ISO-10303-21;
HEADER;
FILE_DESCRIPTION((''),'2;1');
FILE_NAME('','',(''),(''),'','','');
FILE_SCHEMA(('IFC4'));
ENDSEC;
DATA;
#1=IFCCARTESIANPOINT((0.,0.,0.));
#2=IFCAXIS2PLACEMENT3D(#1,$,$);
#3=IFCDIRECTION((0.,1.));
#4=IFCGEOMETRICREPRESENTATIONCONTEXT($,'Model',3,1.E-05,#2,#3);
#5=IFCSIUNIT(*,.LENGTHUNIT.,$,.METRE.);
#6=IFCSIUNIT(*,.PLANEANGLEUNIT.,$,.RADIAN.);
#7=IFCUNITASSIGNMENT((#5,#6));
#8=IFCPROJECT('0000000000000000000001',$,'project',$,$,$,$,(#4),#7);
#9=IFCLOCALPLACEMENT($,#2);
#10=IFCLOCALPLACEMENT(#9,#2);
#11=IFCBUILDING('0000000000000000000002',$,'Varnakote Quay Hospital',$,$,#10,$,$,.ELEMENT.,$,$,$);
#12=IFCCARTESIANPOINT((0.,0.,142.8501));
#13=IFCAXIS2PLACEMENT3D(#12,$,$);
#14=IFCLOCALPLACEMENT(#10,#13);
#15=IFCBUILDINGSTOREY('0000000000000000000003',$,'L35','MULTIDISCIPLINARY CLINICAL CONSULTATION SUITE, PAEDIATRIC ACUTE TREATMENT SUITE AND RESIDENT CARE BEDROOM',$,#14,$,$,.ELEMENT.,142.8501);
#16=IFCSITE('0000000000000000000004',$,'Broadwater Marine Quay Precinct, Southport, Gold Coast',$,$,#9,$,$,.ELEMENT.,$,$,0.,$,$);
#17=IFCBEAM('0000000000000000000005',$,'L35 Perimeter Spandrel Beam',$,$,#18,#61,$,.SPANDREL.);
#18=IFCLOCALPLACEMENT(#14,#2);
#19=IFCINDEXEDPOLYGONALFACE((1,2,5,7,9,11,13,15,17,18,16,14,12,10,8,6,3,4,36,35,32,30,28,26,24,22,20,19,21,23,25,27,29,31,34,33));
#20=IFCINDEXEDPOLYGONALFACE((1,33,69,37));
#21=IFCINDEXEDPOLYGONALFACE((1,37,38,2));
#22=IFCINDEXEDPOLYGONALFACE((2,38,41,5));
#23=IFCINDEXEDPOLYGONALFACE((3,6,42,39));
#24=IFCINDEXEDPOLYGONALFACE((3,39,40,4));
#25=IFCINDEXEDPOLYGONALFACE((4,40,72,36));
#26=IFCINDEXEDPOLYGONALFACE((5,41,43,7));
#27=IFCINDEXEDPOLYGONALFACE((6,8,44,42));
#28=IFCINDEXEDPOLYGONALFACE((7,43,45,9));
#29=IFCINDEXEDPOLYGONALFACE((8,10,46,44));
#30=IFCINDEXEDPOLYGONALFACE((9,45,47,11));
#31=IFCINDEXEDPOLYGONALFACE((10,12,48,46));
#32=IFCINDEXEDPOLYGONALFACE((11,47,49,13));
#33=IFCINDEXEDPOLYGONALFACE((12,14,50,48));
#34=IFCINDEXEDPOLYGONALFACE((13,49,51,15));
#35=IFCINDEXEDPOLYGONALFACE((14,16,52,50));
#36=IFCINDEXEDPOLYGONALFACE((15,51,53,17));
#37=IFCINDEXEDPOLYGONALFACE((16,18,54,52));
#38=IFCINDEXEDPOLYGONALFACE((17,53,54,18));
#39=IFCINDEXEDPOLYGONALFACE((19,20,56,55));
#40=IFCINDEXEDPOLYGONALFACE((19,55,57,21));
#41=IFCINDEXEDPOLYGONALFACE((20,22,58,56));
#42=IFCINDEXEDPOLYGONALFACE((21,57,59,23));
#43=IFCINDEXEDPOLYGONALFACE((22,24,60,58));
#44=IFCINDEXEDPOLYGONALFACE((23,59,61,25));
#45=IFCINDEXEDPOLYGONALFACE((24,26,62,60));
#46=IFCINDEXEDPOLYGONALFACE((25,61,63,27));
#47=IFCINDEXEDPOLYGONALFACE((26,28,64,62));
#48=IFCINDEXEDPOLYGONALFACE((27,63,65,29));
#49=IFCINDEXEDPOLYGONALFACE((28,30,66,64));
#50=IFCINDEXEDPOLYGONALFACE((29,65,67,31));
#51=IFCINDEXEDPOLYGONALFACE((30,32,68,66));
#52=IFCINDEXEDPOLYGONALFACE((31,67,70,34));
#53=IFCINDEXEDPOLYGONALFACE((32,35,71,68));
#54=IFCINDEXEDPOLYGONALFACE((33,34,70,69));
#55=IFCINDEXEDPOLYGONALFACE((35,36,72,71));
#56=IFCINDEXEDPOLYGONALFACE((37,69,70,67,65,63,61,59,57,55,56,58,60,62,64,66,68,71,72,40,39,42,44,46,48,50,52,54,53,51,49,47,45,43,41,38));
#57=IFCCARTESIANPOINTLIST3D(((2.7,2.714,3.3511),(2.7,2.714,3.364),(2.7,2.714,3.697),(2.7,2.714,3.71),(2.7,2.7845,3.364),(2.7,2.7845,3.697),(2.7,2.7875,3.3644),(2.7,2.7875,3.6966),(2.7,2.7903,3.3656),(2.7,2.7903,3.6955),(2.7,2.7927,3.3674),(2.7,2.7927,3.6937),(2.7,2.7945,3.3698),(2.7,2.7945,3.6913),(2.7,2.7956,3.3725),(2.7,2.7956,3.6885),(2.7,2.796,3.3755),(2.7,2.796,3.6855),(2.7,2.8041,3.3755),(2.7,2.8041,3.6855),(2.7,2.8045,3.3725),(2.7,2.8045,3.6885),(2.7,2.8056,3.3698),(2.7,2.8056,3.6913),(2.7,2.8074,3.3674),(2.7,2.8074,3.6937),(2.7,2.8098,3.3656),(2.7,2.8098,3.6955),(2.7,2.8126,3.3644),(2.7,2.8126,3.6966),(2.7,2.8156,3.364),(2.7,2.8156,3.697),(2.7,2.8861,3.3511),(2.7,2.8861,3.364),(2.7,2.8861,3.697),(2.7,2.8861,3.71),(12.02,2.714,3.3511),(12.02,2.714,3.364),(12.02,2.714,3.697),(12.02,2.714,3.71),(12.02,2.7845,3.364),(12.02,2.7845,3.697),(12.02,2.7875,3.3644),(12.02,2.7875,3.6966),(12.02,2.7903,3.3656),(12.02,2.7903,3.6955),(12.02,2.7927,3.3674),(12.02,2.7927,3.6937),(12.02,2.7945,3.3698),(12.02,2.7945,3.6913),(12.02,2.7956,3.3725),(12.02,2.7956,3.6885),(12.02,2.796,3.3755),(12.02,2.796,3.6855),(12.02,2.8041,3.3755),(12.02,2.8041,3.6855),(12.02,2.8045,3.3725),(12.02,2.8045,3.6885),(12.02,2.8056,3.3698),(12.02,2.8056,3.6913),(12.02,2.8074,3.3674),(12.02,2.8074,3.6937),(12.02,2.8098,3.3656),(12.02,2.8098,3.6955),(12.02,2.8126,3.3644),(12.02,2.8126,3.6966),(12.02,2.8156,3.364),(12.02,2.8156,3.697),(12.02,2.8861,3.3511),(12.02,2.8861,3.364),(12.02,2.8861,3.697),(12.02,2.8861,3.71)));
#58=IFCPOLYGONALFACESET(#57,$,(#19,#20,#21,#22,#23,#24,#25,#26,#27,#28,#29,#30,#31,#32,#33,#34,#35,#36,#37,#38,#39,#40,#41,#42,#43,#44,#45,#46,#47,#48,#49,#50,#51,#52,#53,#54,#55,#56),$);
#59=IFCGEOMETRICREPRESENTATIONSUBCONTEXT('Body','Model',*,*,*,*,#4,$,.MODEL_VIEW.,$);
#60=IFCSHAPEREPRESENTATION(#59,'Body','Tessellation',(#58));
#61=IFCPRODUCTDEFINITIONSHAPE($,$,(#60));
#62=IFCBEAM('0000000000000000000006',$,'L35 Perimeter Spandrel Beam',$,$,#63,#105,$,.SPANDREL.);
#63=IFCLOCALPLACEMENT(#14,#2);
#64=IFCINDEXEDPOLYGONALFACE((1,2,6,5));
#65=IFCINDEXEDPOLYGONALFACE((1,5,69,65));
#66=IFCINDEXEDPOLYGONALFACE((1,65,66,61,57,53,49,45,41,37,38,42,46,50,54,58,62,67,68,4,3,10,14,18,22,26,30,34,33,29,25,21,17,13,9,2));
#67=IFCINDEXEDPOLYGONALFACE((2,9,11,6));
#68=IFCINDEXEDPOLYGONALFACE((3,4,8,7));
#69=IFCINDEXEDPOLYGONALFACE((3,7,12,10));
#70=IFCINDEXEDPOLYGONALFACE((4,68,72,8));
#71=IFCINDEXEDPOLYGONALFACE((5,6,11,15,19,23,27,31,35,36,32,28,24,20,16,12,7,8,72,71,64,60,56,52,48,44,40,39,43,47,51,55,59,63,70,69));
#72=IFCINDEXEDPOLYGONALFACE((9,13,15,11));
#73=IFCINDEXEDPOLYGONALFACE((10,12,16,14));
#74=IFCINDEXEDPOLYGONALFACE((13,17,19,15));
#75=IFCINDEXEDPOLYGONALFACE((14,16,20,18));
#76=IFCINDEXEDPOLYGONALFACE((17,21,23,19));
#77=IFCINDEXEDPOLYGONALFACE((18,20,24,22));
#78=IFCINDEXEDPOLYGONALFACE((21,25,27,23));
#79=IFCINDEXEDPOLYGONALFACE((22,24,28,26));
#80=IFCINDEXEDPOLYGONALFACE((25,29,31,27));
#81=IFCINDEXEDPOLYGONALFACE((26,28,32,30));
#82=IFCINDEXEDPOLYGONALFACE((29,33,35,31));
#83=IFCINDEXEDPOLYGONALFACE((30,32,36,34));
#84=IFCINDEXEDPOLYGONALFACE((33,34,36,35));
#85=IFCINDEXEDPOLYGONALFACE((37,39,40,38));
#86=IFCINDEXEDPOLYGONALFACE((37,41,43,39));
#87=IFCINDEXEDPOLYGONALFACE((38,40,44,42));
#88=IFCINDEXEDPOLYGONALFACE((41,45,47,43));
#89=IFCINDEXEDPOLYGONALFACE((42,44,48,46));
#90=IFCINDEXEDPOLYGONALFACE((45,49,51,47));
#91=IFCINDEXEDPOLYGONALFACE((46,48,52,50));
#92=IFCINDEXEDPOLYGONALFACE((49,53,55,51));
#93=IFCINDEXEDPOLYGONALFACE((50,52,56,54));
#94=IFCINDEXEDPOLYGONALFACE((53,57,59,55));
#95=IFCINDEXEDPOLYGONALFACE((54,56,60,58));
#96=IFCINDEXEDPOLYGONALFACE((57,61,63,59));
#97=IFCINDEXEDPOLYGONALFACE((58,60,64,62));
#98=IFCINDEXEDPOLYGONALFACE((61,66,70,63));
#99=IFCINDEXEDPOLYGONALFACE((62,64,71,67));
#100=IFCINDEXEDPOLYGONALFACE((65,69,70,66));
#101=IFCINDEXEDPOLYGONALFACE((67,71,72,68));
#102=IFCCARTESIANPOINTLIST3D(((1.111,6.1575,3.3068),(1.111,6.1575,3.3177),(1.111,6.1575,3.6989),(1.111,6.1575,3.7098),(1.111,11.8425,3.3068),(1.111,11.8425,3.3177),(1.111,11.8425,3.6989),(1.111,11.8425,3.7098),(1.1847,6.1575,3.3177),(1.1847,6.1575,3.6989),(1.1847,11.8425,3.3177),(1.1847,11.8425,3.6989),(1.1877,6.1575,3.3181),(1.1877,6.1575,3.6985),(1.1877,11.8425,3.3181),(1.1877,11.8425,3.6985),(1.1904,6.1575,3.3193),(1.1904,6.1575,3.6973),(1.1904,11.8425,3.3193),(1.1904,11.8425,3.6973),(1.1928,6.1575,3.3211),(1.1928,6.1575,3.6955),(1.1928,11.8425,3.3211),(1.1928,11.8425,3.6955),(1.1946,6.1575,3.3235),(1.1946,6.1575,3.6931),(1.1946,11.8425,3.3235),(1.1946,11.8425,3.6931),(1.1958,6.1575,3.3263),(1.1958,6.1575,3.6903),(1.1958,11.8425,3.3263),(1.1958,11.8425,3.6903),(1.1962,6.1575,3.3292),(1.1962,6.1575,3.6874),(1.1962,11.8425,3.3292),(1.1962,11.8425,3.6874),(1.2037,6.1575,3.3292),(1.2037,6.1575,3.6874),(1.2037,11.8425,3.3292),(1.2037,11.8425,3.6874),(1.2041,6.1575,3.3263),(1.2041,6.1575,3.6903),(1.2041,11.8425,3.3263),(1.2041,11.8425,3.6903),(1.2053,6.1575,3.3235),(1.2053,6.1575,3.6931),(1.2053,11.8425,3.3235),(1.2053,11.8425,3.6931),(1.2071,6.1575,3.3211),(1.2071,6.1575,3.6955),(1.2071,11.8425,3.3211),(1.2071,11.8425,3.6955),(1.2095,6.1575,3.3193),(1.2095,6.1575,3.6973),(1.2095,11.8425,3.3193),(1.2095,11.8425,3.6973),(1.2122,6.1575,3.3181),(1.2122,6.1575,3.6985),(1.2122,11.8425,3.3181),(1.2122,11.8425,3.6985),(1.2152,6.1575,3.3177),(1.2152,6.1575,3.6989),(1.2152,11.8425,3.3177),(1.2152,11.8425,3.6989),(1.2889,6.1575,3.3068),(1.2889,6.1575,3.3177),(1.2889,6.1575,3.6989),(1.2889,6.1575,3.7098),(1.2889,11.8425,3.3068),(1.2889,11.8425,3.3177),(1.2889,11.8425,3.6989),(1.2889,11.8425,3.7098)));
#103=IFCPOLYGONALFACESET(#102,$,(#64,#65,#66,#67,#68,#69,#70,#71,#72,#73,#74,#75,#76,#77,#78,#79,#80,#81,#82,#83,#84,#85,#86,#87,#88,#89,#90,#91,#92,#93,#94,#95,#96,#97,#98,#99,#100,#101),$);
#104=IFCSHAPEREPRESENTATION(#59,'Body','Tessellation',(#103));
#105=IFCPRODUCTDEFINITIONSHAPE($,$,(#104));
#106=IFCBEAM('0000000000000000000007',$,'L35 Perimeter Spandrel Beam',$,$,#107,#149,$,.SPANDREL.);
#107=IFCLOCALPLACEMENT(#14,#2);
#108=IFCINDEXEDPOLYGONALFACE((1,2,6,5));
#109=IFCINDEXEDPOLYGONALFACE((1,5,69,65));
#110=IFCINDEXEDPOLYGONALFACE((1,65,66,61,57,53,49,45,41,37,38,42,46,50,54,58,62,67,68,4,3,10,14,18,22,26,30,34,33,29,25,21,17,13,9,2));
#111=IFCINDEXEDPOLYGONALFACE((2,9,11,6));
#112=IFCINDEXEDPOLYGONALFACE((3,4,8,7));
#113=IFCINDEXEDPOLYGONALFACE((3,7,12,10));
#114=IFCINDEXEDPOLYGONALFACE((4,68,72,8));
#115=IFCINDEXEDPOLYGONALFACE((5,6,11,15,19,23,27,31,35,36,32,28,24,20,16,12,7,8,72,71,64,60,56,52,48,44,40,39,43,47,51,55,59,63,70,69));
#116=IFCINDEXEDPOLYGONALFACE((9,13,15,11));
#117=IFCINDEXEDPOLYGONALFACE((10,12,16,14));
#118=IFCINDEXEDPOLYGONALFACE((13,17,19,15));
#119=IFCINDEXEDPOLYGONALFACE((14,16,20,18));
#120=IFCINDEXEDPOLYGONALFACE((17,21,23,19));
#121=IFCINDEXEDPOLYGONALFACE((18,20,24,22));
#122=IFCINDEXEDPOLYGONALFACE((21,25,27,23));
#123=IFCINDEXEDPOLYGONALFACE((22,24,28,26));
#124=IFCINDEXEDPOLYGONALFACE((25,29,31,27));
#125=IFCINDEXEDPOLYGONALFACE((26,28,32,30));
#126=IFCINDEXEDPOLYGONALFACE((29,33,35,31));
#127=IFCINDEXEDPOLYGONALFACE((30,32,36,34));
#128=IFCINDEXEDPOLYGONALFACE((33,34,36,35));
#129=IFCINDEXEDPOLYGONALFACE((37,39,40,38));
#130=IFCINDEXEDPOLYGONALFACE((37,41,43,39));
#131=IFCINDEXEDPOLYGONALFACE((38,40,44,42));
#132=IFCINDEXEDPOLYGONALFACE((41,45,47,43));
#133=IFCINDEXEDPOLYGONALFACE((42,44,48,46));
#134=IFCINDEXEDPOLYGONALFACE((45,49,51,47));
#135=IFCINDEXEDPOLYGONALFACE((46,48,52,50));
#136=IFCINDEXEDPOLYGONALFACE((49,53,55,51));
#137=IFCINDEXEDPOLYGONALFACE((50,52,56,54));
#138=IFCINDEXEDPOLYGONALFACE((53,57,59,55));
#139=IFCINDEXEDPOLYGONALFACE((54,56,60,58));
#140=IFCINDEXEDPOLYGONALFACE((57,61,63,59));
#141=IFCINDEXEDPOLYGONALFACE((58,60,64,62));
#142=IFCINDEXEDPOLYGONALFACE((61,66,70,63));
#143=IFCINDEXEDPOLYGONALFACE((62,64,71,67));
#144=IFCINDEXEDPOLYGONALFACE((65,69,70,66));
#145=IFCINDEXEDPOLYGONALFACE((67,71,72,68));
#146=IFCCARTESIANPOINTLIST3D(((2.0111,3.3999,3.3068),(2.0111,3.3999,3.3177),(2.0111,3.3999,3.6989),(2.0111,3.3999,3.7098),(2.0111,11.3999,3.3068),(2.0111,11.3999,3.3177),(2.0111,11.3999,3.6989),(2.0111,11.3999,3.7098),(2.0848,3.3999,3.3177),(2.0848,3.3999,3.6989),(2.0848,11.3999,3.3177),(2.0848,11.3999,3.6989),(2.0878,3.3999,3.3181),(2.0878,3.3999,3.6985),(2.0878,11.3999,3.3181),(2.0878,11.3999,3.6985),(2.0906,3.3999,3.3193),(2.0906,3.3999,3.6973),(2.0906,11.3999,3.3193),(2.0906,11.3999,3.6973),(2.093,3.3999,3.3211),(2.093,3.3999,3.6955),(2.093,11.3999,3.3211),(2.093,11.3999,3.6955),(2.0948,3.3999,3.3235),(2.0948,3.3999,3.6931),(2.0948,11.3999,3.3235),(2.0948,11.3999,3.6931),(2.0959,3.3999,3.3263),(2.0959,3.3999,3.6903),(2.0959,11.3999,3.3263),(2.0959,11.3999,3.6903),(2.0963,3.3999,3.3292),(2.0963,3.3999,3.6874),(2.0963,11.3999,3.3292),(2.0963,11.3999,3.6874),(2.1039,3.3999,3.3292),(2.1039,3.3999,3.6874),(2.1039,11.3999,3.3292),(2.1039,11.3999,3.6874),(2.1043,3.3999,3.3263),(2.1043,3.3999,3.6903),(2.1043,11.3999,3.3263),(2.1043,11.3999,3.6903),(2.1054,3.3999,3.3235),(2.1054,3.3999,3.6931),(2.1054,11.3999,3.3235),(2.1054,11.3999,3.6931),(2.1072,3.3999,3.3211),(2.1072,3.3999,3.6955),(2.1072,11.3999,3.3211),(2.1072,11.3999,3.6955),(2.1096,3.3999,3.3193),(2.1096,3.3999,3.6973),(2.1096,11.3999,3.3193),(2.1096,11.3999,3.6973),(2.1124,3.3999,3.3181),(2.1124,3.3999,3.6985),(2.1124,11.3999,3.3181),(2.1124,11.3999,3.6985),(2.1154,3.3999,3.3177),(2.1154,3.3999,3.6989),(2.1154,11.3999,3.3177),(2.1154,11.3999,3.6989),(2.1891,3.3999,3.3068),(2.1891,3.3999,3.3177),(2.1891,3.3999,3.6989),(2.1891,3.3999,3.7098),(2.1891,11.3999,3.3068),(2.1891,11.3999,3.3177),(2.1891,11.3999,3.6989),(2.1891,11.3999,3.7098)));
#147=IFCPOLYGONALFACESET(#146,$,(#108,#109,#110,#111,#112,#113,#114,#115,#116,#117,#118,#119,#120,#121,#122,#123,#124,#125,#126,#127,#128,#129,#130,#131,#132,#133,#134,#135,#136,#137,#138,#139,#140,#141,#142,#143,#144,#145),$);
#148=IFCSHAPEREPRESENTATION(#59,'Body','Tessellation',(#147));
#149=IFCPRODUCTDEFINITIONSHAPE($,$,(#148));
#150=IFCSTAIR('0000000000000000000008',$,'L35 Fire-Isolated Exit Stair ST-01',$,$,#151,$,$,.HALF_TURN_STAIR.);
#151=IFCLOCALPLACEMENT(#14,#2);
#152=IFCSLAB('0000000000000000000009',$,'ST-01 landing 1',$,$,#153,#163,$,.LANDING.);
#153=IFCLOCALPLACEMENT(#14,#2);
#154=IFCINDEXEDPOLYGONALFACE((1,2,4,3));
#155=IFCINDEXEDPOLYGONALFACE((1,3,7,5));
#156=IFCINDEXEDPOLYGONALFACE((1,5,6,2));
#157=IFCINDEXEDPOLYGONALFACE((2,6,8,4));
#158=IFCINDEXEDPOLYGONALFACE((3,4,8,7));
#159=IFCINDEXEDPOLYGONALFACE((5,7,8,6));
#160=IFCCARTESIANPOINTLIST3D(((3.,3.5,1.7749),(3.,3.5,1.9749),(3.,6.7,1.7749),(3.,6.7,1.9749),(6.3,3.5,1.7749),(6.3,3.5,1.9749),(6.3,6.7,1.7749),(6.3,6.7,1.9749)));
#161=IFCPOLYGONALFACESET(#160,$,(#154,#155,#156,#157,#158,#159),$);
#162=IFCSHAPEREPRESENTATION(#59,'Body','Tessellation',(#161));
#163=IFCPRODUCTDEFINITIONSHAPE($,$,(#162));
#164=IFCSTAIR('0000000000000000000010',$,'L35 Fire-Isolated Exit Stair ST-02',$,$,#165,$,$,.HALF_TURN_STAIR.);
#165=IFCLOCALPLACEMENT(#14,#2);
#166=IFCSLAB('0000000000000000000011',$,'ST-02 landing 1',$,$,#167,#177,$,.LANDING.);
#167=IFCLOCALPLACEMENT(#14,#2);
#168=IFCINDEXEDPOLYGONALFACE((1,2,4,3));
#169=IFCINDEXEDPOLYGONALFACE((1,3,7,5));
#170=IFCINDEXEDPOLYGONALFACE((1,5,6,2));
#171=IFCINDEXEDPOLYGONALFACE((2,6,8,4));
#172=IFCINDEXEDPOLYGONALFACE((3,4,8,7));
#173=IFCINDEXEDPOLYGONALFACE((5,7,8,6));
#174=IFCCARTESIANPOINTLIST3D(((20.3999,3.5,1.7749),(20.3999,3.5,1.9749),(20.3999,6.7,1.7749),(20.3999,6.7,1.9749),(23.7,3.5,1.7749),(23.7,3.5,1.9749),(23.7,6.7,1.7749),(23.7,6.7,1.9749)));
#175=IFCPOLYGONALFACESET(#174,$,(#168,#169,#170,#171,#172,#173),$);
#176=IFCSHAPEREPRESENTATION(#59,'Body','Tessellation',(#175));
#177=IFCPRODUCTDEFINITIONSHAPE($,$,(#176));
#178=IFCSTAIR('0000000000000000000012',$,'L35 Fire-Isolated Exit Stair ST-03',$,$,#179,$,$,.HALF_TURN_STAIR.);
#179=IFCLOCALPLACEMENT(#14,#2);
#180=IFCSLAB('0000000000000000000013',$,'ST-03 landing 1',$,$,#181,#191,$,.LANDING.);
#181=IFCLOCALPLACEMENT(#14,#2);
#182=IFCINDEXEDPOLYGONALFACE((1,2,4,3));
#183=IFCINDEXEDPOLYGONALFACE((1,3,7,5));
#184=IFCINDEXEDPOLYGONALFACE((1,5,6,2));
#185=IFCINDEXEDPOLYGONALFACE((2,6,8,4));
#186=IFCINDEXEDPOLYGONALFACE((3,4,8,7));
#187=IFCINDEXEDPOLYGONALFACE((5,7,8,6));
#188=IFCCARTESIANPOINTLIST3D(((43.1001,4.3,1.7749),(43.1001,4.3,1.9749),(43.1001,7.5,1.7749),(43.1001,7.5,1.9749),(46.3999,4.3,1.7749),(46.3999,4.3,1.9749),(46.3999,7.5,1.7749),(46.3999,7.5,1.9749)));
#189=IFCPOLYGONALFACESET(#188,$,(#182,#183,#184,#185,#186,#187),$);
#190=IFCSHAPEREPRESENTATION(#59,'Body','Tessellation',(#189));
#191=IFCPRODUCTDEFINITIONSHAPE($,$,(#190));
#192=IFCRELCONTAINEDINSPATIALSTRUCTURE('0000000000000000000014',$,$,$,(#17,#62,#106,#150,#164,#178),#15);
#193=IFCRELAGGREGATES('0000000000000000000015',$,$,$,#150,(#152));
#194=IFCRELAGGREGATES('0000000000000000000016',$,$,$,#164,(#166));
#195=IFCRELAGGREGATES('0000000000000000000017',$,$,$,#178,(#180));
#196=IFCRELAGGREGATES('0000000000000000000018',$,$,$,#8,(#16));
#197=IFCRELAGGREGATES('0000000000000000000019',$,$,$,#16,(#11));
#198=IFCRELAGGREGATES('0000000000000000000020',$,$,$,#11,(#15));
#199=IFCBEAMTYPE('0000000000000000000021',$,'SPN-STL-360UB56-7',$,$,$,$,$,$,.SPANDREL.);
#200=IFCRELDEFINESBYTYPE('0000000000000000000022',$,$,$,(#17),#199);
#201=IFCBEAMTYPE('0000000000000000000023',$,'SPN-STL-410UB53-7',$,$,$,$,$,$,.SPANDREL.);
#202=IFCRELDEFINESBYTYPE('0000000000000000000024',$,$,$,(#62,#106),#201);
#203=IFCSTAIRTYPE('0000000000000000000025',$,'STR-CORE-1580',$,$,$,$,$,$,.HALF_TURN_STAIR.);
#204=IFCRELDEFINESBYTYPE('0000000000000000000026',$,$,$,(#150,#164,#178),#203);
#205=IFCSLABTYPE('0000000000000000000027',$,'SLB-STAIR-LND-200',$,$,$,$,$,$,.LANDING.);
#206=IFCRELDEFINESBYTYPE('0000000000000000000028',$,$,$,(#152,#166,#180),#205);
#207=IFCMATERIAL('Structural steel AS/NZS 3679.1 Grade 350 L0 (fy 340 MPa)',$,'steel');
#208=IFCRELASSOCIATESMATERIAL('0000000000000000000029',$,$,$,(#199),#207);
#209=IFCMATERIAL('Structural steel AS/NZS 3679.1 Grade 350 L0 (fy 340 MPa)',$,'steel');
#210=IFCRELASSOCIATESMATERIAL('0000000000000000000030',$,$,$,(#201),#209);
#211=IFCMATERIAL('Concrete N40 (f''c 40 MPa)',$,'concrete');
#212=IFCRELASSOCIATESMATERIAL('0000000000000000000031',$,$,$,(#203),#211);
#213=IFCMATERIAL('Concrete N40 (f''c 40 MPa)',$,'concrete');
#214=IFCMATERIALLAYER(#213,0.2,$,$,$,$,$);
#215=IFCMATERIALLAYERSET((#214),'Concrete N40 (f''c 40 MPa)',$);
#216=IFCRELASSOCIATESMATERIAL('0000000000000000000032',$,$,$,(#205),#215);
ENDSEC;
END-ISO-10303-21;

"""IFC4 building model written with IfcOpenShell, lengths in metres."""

from ifc_helpers import new_model, si_unit, direction, frame, origin, origin_2d, place, context, subcontext, project, spatial, polyline, i_section, outline, extrude, material, layer, layer_set, material_profile, profile_set, type_object, element, aggregate, save


model = new_model("IFC4")

# Units and contexts
model_context = context("Model", 3, precision=1e-05, world=origin(), true_north=direction((0.0, 1.0)))
body_context = subcontext(model_context, "Body", "Model", "MODEL_VIEW")
ifc_project = project(units=[si_unit("LENGTHUNIT", "METRE"), si_unit("PLANEANGLEUNIT", "RADIAN")], contexts=[model_context])

# Site, building, storey
site_placement = place(None, origin())
site = spatial("IfcSite", under=ifc_project, at=site_placement, Name="Broadwater Marine Quay Precinct, Southport, Gold Coast", CompositionType="ELEMENT", RefElevation=0.0)
building_placement = place(site_placement, origin())
building = spatial("IfcBuilding", under=site, at=building_placement, Name="Varnakote Quay Hospital", CompositionType="ELEMENT")
storey_placement = place(building_placement, frame((0.0, 0.0, 142.8501)))
storey = spatial("IfcBuildingStorey", under=building, at=storey_placement, Name="L35", Description="MULTIDISCIPLINARY CLINICAL CONSULTATION SUITE, PAEDIATRIC ACUTE TREATMENT SUITE AND RESIDENT CARE BEDROOM", CompositionType="ELEMENT", Elevation=142.8501)

# Beams
ifc_material_1 = material(Name="Structural steel AS/NZS 3679.1 Grade 350 L0 (fy 340 MPa)", Category="steel")
ifc_material_profile_1 = material_profile(ifc_material_1, i_section(OverallWidth=0.1721, OverallDepth=0.3589, WebThickness=0.0081, FlangeThickness=0.0129, FilletRadius=0.0115, at=origin_2d()), Name="360UB56.7")
ifc_profile_set_1 = profile_set([ifc_material_profile_1], Name="Structural steel AS/NZS 3679.1 Grade 350 L0 (fy 340 MPa)")
beam_type_1 = type_object("IfcBeamType", Name="SPN-STL-360UB56-7", PredefinedType="SPANDREL", material=ifc_profile_set_1)
beam_1_placement = place(storey_placement, frame((2.7, 2.8, 3.5305), z_axis=(1.0, 0.0, 0.0), x_axis=(0.0, 1.0, 0.0)))
element("IfcBeam", 1, at=beam_1_placement, inside=storey, type_object=beam_type_1, Name="L35 Perimeter Spandrel Beam", PredefinedType="SPANDREL", context=body_context, shape_type="SweptSolid", body=[
    extrude(i_section(OverallWidth=0.1721, OverallDepth=0.3589, WebThickness=0.0081, FlangeThickness=0.0129, FilletRadius=0.0115, at=origin_2d()), origin(), (0.0, 0.0, 1.0), 9.3201),
])
ifc_material_2 = material(Name="Structural steel AS/NZS 3679.1 Grade 350 L0 (fy 340 MPa)", Category="steel")
ifc_material_profile_2 = material_profile(ifc_material_2, i_section(OverallWidth=0.178, OverallDepth=0.4031, WebThickness=0.0076, FlangeThickness=0.011, FilletRadius=0.0115, at=origin_2d()), Name="410UB53.7")
ifc_profile_set_2 = profile_set([ifc_material_profile_2], Name="Structural steel AS/NZS 3679.1 Grade 350 L0 (fy 340 MPa)")
beam_type_2 = type_object("IfcBeamType", Name="SPN-STL-410UB53-7", PredefinedType="SPANDREL", material=ifc_profile_set_2)
beam_2_placement = place(storey_placement, frame((1.2, 6.1575, 3.5083), z_axis=(0.0, 1.0, 0.0), x_axis=(-1.0, 0.0, 0.0)))
element("IfcBeam", 2, at=beam_2_placement, inside=storey, type_object=beam_type_2, Name="L35 Perimeter Spandrel Beam", PredefinedType="SPANDREL", context=body_context, shape_type="SweptSolid", body=[
    extrude(i_section(OverallWidth=0.178, OverallDepth=0.4031, WebThickness=0.0076, FlangeThickness=0.011, FilletRadius=0.0115, at=origin_2d()), origin(), (0.0, 0.0, 1.0), 5.6851),
])
beam_3_placement = place(storey_placement, frame((2.1001, 3.3999, 3.5083), z_axis=(0.0, 1.0, 0.0), x_axis=(-1.0, 0.0, 0.0)))
element("IfcBeam", 3, at=beam_3_placement, inside=storey, type_object=beam_type_2, Name="L35 Perimeter Spandrel Beam", PredefinedType="SPANDREL", context=body_context, shape_type="SweptSolid", body=[
    extrude(i_section(OverallWidth=0.178, OverallDepth=0.4031, WebThickness=0.0076, FlangeThickness=0.011, FilletRadius=0.0115, at=origin_2d()), origin(), (0.0, 0.0, 1.0), 8.0),
])

# Stairs, slabs
ifc_material_3 = material(Name="Concrete N40 (f'c 40 MPa)", Category="concrete")
stair_type = type_object("IfcStairType", Name="STR-CORE-1580", PredefinedType="HALF_TURN_STAIR", material=ifc_material_3)
stair_1_placement = place(storey_placement, origin())
stair_1 = element("IfcStair", 4, at=stair_1_placement, inside=storey, type_object=stair_type, Name="L35 Fire-Isolated Exit Stair ST-01", PredefinedType="HALF_TURN_STAIR")
ifc_material_4 = material(Name="Concrete N40 (f'c 40 MPa)", Category="concrete")
ifc_layer_1 = layer(ifc_material_4, 0.2)
ifc_layer_set_1 = layer_set([ifc_layer_1], Name="Concrete N40 (f'c 40 MPa)")
slab_type_1 = type_object("IfcSlabType", Name="SLB-STAIR-LND-200", PredefinedType="LANDING", material=ifc_layer_set_1)
slab_1_placement = place(storey_placement, frame((0.0, 0.0, 1.7749)))
slab_1 = element("IfcSlab", 5, at=slab_1_placement, type_object=slab_type_1, Name="ST-01 landing 1", PredefinedType="LANDING", context=body_context, shape_type="SweptSolid", body=[
    extrude(outline(polyline([(3.0, 6.7), (3.0, 3.5), (6.3, 3.5), (6.3, 6.7), (3.0, 6.7)])), origin(), (0.0, 0.0, 1.0), 0.2),
])
aggregate(stair_1, [slab_1])
stair_2_placement = place(storey_placement, origin())
stair_2 = element("IfcStair", 6, at=stair_2_placement, inside=storey, type_object=stair_type, Name="L35 Fire-Isolated Exit Stair ST-02", PredefinedType="HALF_TURN_STAIR")
slab_2_placement = place(storey_placement, frame((0.0, 0.0, 1.7749)))
slab_2 = element("IfcSlab", 7, at=slab_2_placement, type_object=slab_type_1, Name="ST-02 landing 1", PredefinedType="LANDING", context=body_context, shape_type="SweptSolid", body=[
    extrude(outline(polyline([(20.3999, 6.7), (20.3999, 3.5), (23.7, 3.5), (23.7, 6.7), (20.3999, 6.7)])), origin(), (0.0, 0.0, 1.0), 0.2),
])
aggregate(stair_2, [slab_2])
stair_3_placement = place(storey_placement, origin())
stair_3 = element("IfcStair", 8, at=stair_3_placement, inside=storey, type_object=stair_type, Name="L35 Fire-Isolated Exit Stair ST-03", PredefinedType="HALF_TURN_STAIR")
slab_3_placement = place(storey_placement, frame((0.0, 0.0, 1.7749)))
slab_3 = element("IfcSlab", 9, at=slab_3_placement, type_object=slab_type_1, Name="ST-03 landing 1", PredefinedType="LANDING", context=body_context, shape_type="SweptSolid", body=[
    extrude(outline(polyline([(43.1001, 7.5), (43.1001, 4.3), (46.3999, 4.3), (46.3999, 7.5), (43.1001, 7.5)])), origin(), (0.0, 0.0, 1.0), 0.2),
])
aggregate(stair_3, [slab_3])

save(model, "model.ifc")
